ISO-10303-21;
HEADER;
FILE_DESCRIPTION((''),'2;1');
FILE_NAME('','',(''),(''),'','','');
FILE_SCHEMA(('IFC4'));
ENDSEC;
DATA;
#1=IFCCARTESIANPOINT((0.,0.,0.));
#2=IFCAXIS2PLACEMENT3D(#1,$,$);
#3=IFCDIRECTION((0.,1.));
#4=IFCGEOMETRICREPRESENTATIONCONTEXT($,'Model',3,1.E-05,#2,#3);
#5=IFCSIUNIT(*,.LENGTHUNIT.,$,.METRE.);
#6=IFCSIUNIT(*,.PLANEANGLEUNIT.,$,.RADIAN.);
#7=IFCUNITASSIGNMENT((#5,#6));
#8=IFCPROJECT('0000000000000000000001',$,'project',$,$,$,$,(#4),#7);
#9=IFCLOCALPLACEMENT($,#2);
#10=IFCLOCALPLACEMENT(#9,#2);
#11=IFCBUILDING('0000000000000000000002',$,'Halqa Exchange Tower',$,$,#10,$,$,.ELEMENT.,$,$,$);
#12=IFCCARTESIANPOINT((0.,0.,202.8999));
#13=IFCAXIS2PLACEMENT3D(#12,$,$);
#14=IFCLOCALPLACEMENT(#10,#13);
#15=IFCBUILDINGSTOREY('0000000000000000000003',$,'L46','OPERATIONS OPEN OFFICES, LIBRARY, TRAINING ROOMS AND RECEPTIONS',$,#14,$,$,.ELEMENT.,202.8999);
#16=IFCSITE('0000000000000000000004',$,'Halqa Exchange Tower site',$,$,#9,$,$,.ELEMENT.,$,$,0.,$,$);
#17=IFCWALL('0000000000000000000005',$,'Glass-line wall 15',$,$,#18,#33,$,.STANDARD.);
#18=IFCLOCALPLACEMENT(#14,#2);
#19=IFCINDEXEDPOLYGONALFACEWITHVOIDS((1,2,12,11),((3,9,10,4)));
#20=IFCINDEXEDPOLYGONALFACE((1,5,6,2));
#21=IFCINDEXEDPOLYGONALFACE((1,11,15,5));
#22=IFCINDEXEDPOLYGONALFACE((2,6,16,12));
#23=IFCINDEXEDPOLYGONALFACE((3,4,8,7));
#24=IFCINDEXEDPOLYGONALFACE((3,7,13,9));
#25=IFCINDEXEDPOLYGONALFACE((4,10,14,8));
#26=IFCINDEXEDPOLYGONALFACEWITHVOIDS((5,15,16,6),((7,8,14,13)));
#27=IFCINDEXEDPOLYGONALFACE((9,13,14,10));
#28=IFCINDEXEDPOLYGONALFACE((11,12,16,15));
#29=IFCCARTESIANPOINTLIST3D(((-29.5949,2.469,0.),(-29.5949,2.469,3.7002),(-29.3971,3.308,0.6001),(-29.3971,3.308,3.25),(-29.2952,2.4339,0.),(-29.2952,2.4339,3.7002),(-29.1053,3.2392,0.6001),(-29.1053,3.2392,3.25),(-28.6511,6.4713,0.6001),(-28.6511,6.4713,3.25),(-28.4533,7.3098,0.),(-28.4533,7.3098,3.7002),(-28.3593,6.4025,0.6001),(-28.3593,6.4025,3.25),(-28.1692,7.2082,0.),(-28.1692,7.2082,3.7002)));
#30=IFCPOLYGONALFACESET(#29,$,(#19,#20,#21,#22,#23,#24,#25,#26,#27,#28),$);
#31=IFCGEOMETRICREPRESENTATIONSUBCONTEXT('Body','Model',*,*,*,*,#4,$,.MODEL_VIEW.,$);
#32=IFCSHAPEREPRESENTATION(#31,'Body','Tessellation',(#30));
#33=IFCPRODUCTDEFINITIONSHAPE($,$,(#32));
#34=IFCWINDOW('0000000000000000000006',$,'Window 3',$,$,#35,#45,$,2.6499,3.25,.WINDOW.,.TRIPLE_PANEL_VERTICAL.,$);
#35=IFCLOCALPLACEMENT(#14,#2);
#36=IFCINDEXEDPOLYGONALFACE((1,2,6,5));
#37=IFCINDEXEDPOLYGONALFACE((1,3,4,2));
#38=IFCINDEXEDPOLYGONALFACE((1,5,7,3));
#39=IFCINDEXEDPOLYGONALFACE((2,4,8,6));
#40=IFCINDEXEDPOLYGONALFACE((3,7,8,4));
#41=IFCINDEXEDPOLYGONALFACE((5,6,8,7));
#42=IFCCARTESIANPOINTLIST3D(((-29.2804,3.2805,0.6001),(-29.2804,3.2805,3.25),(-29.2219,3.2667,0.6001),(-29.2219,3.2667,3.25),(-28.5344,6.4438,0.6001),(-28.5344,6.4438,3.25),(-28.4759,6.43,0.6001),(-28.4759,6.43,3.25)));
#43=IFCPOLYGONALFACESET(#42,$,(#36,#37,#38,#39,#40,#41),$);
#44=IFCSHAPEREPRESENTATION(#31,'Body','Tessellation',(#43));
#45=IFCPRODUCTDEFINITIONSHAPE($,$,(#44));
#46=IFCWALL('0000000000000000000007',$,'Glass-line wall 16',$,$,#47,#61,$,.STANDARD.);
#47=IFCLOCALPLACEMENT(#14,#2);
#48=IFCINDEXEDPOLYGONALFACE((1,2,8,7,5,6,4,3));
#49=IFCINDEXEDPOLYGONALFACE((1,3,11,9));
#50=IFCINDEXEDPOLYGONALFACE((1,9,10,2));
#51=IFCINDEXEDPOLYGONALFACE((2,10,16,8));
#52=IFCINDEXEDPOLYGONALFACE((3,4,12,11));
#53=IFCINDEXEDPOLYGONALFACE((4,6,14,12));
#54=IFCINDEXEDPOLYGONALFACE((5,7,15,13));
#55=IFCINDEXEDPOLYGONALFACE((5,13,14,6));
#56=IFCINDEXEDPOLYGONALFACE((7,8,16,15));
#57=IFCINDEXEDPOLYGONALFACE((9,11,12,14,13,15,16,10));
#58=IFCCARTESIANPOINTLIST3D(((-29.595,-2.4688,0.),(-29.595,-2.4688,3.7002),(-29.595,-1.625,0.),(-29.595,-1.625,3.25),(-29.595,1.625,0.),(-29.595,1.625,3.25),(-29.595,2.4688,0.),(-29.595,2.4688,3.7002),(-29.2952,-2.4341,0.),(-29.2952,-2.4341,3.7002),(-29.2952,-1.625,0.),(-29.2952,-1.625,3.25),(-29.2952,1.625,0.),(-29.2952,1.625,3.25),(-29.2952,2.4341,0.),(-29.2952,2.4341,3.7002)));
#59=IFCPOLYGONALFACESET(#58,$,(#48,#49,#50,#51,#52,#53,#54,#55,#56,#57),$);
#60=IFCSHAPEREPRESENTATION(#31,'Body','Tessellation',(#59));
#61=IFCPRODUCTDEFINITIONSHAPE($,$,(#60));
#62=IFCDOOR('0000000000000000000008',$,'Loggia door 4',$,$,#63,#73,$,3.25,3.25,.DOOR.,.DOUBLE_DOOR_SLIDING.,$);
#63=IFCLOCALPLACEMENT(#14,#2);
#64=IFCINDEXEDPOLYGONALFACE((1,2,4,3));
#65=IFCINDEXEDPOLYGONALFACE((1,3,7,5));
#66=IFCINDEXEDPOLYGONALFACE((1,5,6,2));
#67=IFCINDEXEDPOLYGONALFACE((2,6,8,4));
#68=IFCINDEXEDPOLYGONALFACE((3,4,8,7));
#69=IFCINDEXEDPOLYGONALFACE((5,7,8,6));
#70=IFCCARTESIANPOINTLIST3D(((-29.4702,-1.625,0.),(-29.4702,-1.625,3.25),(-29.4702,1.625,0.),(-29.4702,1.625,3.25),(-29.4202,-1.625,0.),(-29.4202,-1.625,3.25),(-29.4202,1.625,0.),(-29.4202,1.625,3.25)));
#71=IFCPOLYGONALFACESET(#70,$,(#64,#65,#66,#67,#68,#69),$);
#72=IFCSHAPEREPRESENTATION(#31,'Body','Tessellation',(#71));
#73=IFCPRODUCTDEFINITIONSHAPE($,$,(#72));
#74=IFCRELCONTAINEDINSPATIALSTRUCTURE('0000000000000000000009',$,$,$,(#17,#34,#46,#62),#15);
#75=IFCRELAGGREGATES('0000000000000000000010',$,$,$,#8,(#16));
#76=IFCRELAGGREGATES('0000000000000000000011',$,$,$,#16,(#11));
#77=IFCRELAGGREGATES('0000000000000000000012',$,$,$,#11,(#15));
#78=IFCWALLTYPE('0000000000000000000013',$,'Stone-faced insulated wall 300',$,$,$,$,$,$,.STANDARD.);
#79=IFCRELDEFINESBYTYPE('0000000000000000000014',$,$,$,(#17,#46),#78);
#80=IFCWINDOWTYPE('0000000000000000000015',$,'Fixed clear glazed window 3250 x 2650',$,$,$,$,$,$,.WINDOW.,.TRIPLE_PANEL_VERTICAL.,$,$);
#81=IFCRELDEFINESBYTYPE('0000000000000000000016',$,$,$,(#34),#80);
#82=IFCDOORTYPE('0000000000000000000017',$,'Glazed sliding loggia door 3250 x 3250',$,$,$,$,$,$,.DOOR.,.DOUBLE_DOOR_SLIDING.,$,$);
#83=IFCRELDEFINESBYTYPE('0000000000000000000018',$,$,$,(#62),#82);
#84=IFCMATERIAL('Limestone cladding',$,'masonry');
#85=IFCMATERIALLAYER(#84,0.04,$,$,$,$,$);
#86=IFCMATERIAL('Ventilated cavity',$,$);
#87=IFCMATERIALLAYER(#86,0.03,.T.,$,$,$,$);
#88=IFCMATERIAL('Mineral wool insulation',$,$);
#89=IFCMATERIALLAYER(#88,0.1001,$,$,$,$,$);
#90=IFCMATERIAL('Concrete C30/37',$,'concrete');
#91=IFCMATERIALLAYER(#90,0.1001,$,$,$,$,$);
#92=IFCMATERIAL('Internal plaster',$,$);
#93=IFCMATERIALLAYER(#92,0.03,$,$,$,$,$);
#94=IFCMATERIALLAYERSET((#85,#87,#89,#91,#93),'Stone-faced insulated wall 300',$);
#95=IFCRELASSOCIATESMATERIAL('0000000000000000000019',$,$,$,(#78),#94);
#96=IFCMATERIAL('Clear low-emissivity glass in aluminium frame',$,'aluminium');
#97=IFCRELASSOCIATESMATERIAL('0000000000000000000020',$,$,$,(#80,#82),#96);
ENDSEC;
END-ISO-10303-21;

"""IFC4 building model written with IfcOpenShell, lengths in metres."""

from ifc_helpers import new_model, si_unit, direction, frame, frame_2d, origin, place, context, subcontext, project, spatial, polyline, rectangle, outline, extrude, material, layer, layer_set, type_object, element, fill, save


model = new_model("IFC4")

# Units and contexts
model_context = context("Model", 3, precision=1e-05, world=origin(), true_north=direction((0.0, 1.0)))
body_context = subcontext(model_context, "Body", "Model", "MODEL_VIEW")
ifc_project = project(units=[si_unit("LENGTHUNIT", "METRE"), si_unit("PLANEANGLEUNIT", "RADIAN")], contexts=[model_context])

# Site, building, storey
site_placement = place(None, origin())
site = spatial("IfcSite", under=ifc_project, at=site_placement, Name="Halqa Exchange Tower site", CompositionType="ELEMENT", RefElevation=0.0)
building_placement = place(site_placement, origin())
building = spatial("IfcBuilding", under=site, at=building_placement, Name="Halqa Exchange Tower", CompositionType="ELEMENT")
storey_placement = place(building_placement, frame((0.0, 0.0, 202.8999)))
storey = spatial("IfcBuildingStorey", under=building, at=storey_placement, Name="L46", Description="OPERATIONS OPEN OFFICES, LIBRARY, TRAINING ROOMS AND RECEPTIONS", CompositionType="ELEMENT", Elevation=202.8999)

# Wall, opening, window
ifc_material_1 = material(Name="Limestone cladding", Category="masonry")
ifc_layer_1 = layer(ifc_material_1, 0.04)
ifc_material_2 = material(Name="Ventilated cavity")
ifc_layer_2 = layer(ifc_material_2, 0.03, ventilated=True)
ifc_material_3 = material(Name="Mineral wool insulation")
ifc_layer_3 = layer(ifc_material_3, 0.1001)
ifc_material_4 = material(Name="Concrete C30/37", Category="concrete")
ifc_layer_4 = layer(ifc_material_4, 0.1001)
ifc_material_5 = material(Name="Internal plaster")
ifc_layer_5 = layer(ifc_material_5, 0.03)
ifc_layer_set_1 = layer_set([ifc_layer_1, ifc_layer_2, ifc_layer_3, ifc_layer_4, ifc_layer_5], Name="Stone-faced insulated wall 300")
wall_type_1 = type_object("IfcWallType", Name="Stone-faced insulated wall 300", PredefinedType="STANDARD", material=ifc_layer_set_1)
ifc_material_6 = material(Name="Clear low-emissivity glass in aluminium frame", Category="aluminium")
window_type = type_object("IfcWindowType", Name="Fixed clear glazed window 3250 x 2650", PartitioningType="TRIPLE_PANEL_VERTICAL", PredefinedType="WINDOW", material=ifc_material_6)
wall_1_placement = place(storey_placement, frame((-28.3113, 7.259, 0.0), z_axis=(0.0, 0.0, 1.0), x_axis=(-0.229535, -0.9733, 0.0)))
wall_1 = element("IfcWall", 1, at=wall_1_placement, inside=storey, type_object=wall_type_1, Name="Glass-line wall 15", PredefinedType="STANDARD", context=body_context, shape_type="SweptSolid", body=[
    extrude(outline(polyline([(-0.0168, -0.1499), (4.9568, -0.1499), (4.9221, 0.1499), (0.0168, 0.1499), (-0.0168, -0.1499)])), origin(), (0.0, 0.0, 1.0), 3.7002),
])
opening_1_placement = place(wall_1_placement, frame((0.8447, 0.0, 0.6001)))
opening_1 = element("IfcOpeningElement", 2, at=opening_1_placement, cuts=wall_1, PredefinedType="OPENING", context=body_context, shape_type="SweptSolid", body=[
    extrude(rectangle(XDim=3.25, YDim=2.6499, at=frame_2d((1.625, 1.325))), frame((0.0, 0.1621, 0.0), z_axis=(0.0, -1.0, 0.0), x_axis=(1.0, 0.0, 0.0)), (0.0, 0.0, 1.0), 0.324),
])
window_1_placement = place(opening_1_placement, origin())
window_1 = element("IfcWindow", 3, at=window_1_placement, inside=storey, type_object=window_type, Name="Window 3", OverallHeight=2.6499, OverallWidth=3.25, PartitioningType="TRIPLE_PANEL_VERTICAL", PredefinedType="WINDOW", context=body_context, shape_type="SweptSolid", body=[
    extrude(rectangle(XDim=3.25, YDim=2.6499, at=frame_2d((1.625, 1.325))), frame((0.0, 0.03, 0.0), z_axis=(0.0, -1.0, 0.0), x_axis=(1.0, 0.0, 0.0)), (0.0, 0.0, 1.0), 0.0601),
])
fill(opening_1, window_1)

# Wall, opening, door
wall_2_placement = place(storey_placement, frame((-29.4451, 2.4514, 0.0), z_axis=(0.0, 0.0, 1.0), x_axis=(0.0, -1.0, 0.0)))
wall_2 = element("IfcWall", 4, at=wall_2_placement, inside=storey, type_object=wall_type_1, Name="Glass-line wall 16", PredefinedType="STANDARD", context=body_context, shape_type="SweptSolid", body=[
    extrude(outline(polyline([(-0.0173, -0.1499), (4.9202, -0.1499), (4.8855, 0.1499), (0.0173, 0.1499), (-0.0173, -0.1499)])), origin(), (0.0, 0.0, 1.0), 3.7002),
])
opening_2_placement = place(wall_2_placement, frame((0.8264, 0.0, 0.0)))
opening_2 = element("IfcOpeningElement", 5, at=opening_2_placement, cuts=wall_2, PredefinedType="OPENING", context=body_context, shape_type="SweptSolid", body=[
    extrude(rectangle(XDim=3.25, YDim=3.25, at=frame_2d((1.625, 1.625))), frame((0.0, 0.1621, 0.0), z_axis=(0.0, -1.0, 0.0), x_axis=(1.0, 0.0, 0.0)), (0.0, 0.0, 1.0), 0.324),
])
door_type_1 = type_object("IfcDoorType", Name="Glazed sliding loggia door 3250 x 3250", OperationType="DOUBLE_DOOR_SLIDING", PredefinedType="DOOR", material=ifc_material_6)
door_1_placement = place(opening_2_placement, origin())
door_1 = element("IfcDoor", 6, at=door_1_placement, inside=storey, type_object=door_type_1, Name="Loggia door 4", OperationType="DOUBLE_DOOR_SLIDING", OverallHeight=3.25, OverallWidth=3.25, PredefinedType="DOOR", context=body_context, shape_type="SweptSolid", body=[
    extrude(rectangle(XDim=3.25, YDim=3.25, at=frame_2d((1.625, 1.625))), frame((0.0, 0.0249, 0.0), z_axis=(0.0, -1.0, 0.0), x_axis=(1.0, 0.0, 0.0)), (0.0, 0.0, 1.0), 0.05),
])
fill(opening_2, door_1)

save(model, "model.ifc")
